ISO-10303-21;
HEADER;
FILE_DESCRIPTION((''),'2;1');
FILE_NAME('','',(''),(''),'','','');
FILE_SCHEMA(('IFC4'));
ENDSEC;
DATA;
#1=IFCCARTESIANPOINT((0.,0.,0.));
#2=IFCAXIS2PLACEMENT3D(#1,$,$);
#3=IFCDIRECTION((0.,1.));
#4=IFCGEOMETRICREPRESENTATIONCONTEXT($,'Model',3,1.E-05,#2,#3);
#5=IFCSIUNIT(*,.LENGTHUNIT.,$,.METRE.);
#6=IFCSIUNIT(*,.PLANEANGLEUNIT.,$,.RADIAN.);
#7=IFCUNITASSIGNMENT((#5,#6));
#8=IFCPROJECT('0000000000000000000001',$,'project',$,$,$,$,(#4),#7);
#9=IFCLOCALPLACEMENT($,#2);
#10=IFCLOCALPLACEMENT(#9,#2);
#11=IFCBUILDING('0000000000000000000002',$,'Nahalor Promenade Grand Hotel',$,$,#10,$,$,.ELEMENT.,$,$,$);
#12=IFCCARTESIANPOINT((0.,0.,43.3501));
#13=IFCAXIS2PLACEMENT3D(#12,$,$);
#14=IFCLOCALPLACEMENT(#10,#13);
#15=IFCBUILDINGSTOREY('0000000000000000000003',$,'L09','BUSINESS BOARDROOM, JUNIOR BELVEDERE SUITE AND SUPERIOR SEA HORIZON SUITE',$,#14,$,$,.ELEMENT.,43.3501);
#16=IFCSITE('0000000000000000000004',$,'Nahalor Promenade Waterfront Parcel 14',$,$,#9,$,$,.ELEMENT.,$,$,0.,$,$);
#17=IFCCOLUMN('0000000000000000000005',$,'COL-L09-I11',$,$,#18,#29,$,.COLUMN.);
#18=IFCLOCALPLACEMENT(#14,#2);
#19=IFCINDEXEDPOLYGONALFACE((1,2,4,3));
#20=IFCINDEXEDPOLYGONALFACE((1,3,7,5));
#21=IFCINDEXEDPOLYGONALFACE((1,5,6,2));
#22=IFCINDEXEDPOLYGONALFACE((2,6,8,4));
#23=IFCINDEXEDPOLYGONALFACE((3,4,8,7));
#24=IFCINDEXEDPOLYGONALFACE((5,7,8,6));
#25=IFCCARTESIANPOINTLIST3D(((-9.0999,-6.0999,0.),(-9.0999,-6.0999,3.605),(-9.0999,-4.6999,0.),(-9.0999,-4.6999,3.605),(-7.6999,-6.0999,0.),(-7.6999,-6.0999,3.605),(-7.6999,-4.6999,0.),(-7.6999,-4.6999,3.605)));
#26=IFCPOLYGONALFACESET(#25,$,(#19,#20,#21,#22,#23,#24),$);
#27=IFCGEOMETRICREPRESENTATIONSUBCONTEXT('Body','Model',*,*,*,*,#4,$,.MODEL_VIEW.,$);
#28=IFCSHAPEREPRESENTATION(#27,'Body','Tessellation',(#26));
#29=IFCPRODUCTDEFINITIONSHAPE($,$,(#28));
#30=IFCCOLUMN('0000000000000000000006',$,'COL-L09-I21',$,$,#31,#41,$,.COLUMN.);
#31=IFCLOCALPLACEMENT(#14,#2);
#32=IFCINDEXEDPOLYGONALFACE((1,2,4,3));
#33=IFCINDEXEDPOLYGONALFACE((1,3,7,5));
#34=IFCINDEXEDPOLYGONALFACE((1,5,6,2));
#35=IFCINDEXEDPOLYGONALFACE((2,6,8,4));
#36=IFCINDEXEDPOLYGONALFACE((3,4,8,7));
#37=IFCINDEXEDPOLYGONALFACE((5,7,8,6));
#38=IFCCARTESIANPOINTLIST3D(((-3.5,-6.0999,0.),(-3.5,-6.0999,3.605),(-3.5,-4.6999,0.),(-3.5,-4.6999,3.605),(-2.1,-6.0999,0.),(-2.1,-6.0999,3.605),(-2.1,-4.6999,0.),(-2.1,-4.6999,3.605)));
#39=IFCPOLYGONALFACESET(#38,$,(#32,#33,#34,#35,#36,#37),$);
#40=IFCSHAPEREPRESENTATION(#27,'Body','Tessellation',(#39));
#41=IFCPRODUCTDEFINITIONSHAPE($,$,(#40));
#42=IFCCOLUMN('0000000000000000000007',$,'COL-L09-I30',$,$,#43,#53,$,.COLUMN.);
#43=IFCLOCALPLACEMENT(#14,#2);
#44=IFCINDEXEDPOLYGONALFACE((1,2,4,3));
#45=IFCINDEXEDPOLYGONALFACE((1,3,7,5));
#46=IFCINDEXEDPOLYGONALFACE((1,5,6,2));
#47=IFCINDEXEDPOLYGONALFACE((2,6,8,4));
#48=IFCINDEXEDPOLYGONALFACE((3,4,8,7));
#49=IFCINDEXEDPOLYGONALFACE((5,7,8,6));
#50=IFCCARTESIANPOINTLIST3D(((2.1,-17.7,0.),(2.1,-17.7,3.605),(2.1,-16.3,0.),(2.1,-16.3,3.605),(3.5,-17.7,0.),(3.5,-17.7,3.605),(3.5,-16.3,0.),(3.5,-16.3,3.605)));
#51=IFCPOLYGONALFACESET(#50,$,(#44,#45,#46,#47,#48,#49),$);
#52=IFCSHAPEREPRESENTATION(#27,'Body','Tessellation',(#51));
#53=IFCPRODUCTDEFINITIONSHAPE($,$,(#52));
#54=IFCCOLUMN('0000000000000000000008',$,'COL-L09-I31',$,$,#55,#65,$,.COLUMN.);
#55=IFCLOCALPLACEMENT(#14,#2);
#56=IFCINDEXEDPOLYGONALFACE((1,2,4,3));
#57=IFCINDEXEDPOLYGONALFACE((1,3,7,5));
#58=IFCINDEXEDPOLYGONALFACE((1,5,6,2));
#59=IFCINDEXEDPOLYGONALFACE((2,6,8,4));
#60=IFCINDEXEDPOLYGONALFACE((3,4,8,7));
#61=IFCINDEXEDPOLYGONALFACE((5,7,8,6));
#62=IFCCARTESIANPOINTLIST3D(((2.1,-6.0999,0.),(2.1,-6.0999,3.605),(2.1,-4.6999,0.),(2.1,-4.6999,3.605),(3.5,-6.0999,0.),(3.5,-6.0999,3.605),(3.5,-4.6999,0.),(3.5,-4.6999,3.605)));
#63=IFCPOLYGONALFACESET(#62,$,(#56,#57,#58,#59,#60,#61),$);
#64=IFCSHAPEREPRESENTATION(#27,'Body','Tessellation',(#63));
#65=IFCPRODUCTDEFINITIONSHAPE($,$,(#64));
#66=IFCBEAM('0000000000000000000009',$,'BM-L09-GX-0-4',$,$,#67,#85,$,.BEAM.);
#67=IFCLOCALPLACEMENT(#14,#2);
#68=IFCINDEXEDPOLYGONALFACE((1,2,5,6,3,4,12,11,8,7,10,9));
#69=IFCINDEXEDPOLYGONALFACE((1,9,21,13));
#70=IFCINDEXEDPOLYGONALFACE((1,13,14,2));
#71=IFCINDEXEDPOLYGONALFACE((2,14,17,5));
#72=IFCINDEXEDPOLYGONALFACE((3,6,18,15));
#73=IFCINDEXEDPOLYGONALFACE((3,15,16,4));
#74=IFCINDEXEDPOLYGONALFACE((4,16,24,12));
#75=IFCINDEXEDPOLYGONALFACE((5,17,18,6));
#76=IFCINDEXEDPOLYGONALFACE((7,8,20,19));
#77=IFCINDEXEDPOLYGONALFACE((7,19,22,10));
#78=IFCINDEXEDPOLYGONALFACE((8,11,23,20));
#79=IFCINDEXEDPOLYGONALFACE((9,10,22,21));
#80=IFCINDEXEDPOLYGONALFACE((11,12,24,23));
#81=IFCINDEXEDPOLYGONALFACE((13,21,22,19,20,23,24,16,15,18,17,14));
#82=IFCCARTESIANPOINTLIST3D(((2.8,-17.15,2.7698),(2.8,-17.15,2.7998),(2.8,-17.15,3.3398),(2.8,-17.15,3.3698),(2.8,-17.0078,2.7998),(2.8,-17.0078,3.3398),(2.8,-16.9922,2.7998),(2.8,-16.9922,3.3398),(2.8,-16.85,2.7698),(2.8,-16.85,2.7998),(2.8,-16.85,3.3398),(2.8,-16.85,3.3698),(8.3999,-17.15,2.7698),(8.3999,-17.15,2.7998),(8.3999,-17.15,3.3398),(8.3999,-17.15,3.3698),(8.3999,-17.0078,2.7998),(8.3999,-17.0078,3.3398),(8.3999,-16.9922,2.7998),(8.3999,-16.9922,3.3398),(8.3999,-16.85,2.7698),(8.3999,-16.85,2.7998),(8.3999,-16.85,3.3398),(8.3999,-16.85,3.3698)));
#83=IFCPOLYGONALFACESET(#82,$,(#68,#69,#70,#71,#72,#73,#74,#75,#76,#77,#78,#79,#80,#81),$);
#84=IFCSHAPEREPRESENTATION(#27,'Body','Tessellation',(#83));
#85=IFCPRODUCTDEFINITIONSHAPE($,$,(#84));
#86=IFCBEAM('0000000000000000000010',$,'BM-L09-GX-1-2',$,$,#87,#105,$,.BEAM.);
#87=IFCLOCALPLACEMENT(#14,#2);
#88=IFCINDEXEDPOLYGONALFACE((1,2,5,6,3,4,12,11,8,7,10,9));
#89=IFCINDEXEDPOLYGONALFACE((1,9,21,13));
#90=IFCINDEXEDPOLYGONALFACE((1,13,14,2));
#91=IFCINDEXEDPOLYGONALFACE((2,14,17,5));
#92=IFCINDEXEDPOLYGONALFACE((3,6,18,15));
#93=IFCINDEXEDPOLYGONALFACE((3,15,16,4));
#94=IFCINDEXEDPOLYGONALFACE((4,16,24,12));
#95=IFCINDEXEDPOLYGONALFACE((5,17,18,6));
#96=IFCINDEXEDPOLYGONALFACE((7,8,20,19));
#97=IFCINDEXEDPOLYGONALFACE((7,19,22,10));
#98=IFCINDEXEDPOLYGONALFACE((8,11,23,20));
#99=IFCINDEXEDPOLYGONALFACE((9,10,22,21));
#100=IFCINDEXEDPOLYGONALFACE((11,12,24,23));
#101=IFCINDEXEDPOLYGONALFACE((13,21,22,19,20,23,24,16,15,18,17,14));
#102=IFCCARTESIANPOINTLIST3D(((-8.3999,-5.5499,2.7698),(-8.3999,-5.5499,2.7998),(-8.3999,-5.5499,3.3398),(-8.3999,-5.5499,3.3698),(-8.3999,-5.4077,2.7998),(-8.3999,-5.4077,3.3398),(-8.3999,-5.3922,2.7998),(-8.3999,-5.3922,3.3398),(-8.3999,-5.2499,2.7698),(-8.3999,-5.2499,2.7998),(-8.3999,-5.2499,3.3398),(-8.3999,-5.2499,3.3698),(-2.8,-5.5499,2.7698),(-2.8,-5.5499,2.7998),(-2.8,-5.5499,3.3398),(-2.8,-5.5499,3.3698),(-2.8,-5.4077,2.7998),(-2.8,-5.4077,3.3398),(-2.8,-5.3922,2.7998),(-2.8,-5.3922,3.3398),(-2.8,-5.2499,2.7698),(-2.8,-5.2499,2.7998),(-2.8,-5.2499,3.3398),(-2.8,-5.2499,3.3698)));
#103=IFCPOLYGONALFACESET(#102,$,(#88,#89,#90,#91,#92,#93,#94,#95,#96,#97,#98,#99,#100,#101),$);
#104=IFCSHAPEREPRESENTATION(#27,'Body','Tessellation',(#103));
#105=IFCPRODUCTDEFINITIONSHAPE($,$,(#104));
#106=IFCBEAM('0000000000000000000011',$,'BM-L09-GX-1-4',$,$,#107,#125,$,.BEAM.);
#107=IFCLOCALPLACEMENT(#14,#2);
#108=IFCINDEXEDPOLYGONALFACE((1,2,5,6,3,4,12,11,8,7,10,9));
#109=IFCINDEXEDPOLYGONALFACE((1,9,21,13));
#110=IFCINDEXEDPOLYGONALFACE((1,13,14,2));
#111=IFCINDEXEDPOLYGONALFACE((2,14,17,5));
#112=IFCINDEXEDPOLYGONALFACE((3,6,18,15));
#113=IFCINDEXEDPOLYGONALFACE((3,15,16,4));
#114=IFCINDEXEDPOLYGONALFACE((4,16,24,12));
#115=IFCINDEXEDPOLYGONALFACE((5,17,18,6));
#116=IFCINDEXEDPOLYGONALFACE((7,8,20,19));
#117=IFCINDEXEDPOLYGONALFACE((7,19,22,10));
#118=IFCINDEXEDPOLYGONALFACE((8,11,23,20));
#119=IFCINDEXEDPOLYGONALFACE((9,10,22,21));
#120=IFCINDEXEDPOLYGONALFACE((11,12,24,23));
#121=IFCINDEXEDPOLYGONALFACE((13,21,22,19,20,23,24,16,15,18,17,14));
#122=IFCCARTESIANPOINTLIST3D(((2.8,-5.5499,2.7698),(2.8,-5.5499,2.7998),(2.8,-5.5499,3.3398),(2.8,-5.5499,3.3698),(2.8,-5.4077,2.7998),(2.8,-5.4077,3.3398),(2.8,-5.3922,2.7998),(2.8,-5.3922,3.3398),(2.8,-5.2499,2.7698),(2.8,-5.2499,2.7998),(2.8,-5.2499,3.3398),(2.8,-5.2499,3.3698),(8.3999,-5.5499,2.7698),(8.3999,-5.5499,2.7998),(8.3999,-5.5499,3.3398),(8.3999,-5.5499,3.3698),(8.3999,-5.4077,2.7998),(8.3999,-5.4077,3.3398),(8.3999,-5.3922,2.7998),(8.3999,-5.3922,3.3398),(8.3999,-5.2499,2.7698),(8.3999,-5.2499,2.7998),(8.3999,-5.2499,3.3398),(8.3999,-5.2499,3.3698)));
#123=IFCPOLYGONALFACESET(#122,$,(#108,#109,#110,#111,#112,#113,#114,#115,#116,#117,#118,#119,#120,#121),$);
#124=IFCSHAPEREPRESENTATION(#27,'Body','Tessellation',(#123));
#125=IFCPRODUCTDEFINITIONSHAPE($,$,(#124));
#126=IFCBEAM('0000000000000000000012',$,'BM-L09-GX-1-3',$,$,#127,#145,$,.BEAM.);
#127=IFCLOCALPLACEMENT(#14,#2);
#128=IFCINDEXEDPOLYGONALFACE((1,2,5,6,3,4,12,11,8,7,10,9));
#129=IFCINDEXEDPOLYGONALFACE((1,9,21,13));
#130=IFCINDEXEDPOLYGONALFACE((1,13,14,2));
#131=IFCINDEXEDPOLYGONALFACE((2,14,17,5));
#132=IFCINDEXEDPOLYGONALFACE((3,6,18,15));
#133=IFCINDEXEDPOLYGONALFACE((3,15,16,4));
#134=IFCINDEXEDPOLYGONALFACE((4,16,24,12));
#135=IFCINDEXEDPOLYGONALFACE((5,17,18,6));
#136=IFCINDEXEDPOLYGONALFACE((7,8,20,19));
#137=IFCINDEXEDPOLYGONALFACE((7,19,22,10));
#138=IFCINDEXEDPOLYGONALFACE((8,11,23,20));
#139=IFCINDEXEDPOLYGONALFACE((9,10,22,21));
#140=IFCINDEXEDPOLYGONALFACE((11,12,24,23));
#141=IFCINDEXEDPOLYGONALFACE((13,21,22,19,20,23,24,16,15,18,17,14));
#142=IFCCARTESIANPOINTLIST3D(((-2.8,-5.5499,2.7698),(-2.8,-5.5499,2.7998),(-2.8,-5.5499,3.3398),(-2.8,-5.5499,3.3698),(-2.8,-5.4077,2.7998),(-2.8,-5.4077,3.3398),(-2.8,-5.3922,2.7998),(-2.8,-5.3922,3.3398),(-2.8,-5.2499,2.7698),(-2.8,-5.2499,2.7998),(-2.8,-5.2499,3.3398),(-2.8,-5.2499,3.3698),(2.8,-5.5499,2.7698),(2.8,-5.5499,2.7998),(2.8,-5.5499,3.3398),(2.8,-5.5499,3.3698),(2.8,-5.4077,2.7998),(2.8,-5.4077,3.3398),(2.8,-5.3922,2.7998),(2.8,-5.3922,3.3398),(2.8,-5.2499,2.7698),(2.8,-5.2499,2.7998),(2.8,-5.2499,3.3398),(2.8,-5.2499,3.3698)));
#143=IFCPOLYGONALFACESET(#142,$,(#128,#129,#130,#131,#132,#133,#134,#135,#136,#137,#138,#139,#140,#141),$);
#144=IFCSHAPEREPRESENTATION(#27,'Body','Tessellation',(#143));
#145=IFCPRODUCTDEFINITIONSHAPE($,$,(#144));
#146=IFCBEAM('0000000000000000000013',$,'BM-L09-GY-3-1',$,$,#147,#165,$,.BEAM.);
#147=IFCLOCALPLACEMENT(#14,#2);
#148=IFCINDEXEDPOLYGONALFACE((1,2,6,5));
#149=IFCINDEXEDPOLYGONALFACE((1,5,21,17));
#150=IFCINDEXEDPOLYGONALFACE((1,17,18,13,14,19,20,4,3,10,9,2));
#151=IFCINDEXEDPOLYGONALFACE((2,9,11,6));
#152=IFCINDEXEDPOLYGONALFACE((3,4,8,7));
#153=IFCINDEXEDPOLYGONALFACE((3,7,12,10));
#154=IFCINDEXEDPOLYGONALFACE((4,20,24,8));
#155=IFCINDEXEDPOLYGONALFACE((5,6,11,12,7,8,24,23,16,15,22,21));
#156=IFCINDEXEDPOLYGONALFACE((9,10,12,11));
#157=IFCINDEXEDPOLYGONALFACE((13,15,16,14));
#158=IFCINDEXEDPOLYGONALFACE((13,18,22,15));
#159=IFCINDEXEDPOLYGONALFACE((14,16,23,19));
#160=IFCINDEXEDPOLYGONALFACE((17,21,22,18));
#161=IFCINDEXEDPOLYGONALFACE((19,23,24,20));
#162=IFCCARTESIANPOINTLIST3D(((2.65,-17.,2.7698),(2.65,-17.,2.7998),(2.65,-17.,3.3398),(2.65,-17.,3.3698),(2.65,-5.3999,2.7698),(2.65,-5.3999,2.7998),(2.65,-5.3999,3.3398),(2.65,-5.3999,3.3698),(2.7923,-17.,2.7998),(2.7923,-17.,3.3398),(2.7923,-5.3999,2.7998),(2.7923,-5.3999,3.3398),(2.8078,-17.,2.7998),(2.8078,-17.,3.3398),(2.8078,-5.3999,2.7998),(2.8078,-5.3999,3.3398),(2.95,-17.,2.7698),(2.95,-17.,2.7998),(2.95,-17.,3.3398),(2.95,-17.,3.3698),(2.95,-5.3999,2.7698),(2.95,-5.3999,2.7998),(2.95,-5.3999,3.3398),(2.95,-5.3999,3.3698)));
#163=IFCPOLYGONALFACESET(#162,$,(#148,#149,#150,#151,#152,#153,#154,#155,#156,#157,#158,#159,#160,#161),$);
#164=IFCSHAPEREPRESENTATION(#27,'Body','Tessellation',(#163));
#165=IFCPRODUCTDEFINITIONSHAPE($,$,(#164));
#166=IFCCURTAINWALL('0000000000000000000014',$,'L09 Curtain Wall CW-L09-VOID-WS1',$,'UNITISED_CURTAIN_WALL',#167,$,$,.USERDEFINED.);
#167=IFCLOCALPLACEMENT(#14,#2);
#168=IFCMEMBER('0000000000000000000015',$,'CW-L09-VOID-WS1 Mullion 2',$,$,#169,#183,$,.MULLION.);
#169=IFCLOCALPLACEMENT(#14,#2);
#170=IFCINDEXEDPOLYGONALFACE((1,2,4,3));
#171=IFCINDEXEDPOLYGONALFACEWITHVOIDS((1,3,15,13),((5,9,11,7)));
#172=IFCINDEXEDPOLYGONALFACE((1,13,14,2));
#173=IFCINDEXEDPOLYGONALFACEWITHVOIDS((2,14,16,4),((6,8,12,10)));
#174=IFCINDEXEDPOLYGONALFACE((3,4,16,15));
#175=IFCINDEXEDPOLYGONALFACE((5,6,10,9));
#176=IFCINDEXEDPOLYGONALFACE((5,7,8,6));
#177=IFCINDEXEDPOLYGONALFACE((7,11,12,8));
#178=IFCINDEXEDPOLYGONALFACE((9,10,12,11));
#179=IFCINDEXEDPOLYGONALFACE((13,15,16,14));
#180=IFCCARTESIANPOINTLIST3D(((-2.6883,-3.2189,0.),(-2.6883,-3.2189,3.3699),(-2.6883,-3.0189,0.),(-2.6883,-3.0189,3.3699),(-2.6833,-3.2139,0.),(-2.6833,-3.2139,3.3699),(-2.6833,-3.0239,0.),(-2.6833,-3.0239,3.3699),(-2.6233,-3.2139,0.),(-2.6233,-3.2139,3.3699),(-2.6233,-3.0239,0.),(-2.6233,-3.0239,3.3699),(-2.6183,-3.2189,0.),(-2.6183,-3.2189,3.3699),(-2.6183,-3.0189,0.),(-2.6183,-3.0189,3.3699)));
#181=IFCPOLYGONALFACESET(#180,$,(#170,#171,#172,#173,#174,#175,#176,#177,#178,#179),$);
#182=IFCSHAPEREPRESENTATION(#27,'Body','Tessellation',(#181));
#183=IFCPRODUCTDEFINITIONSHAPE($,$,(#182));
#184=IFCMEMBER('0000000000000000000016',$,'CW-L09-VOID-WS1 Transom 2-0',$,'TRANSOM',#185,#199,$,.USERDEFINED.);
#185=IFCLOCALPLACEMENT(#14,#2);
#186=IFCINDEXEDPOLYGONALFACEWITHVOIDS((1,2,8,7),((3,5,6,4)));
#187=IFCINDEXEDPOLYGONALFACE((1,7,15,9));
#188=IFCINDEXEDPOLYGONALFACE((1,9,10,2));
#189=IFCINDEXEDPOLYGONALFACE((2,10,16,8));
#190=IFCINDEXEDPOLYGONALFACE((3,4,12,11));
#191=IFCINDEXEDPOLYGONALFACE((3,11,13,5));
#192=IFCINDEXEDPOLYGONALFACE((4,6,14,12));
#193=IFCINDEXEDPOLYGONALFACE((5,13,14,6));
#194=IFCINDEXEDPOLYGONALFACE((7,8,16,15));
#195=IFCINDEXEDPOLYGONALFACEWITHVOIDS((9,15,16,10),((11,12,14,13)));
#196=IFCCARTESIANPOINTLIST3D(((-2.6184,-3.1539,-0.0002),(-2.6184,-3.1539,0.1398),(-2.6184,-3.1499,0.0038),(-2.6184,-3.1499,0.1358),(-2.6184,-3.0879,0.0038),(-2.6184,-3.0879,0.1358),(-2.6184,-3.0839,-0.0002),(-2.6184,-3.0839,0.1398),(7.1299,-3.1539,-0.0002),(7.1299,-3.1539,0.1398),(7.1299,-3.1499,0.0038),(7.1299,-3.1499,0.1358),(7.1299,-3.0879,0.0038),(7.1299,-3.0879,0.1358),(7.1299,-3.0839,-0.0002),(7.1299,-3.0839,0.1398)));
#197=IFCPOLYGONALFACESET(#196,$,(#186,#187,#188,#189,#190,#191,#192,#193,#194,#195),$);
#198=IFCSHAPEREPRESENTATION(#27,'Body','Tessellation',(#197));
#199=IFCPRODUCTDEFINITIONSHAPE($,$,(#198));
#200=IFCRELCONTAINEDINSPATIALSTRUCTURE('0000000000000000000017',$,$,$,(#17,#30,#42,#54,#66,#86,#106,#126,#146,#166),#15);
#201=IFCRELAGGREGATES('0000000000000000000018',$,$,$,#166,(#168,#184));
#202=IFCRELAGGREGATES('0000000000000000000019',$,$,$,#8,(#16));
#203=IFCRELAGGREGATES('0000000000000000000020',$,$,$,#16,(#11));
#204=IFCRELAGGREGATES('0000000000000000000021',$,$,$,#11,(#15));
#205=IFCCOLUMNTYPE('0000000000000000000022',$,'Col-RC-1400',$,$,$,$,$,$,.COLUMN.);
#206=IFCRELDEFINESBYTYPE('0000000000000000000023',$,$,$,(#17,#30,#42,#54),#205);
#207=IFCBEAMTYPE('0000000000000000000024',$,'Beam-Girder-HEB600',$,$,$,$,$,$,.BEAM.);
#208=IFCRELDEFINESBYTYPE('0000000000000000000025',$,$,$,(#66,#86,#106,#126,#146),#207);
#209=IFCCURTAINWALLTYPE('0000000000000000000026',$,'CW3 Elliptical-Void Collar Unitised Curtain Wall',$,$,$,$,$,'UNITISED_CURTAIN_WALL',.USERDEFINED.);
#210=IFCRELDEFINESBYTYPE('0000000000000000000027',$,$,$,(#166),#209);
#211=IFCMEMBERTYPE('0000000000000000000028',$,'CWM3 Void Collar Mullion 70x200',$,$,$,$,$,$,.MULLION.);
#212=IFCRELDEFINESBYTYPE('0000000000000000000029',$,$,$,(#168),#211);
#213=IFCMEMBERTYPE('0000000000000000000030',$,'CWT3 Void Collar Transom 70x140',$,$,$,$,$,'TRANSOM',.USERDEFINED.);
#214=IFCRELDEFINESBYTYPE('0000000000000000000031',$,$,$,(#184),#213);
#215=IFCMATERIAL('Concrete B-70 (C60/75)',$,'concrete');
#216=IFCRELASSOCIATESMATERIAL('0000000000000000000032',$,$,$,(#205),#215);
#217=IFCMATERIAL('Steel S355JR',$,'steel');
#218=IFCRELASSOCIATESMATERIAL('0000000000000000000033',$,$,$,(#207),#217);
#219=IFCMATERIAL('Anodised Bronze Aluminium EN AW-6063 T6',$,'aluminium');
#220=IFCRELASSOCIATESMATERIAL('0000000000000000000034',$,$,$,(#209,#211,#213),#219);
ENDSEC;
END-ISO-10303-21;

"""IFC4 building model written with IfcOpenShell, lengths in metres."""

from ifc_helpers import new_model, si_unit, direction, frame, origin, origin_2d, place, context, subcontext, project, spatial, rectangle, hollow_rectangle, i_section, extrude, source, transform, mapped, material, material_profile, profile_set, type_object, element, aggregate, save


model = new_model("IFC4")

# Units and contexts
model_context = context("Model", 3, precision=1e-05, world=origin(), true_north=direction((0.0, 1.0)))
body_context = subcontext(model_context, "Body", "Model", "MODEL_VIEW")
ifc_project = project(units=[si_unit("LENGTHUNIT", "METRE"), si_unit("PLANEANGLEUNIT", "RADIAN")], contexts=[model_context])

# Site, building, storey
site_placement = place(None, origin())
site = spatial("IfcSite", under=ifc_project, at=site_placement, Name="Nahalor Promenade Waterfront Parcel 14", CompositionType="ELEMENT", RefElevation=0.0)
building_placement = place(site_placement, origin())
building = spatial("IfcBuilding", under=site, at=building_placement, Name="Nahalor Promenade Grand Hotel", CompositionType="ELEMENT")
storey_placement = place(building_placement, frame((0.0, 0.0, 43.3501)))
storey = spatial("IfcBuildingStorey", under=building, at=storey_placement, Name="L09", Description="BUSINESS BOARDROOM, JUNIOR BELVEDERE SUITE AND SUPERIOR SEA HORIZON SUITE", CompositionType="ELEMENT", Elevation=43.3501)

# Columns
ifc_material_1 = material(Name="Concrete B-70 (C60/75)", Category="concrete")
ifc_material_profile_1 = material_profile(ifc_material_1, rectangle(XDim=1.4, YDim=1.4, at=origin_2d()), Name="RC 1400x1400")
ifc_profile_set_1 = profile_set([ifc_material_profile_1], Name="Concrete B-70 (C60/75)")
column_type = type_object("IfcColumnType", Name="Col-RC-1400", PredefinedType="COLUMN", material=ifc_profile_set_1)
shared_shape_1 = source(origin(), body_context, "Body", "SweptSolid", [
    extrude(rectangle(XDim=1.4, YDim=1.4, at=origin_2d()), origin(), (0.0, 0.0, 1.0), 3.605),
])
for number, where, z_axis, x_axis, name in (
    (1, (-8.3999, -5.3999, 0.0), (0.0, 0.0, 1.0), (1.0, 0.0, 0.0), "COL-L09-I11"),
    (2, (-2.8, -5.3999, 0.0), (0.0, 0.0, 1.0), (1.0, 0.0, 0.0), "COL-L09-I21"),
    (3, (2.8, -17.0, 0.0), (0.0, 0.0, 1.0), (1.0, 0.0, 0.0), "COL-L09-I30"),
    (4, (2.8, -5.3999, 0.0), (0.0, 0.0, 1.0), (1.0, 0.0, 0.0), "COL-L09-I31"),
):
    element("IfcColumn", number, at=place(storey_placement, frame(where, z_axis=z_axis, x_axis=x_axis)), inside=storey, type_object=column_type, Name=name, PredefinedType="COLUMN", context=body_context, shape_type="MappedRepresentation", body=[
        mapped(shared_shape_1, transform((0.0, 0.0, 0.0), scale=1.0)),
    ])

# Beams
ifc_material_2 = material(Name="Steel S355JR", Category="steel")
ifc_material_profile_2 = material_profile(ifc_material_2, i_section(OverallWidth=0.3, OverallDepth=0.6, WebThickness=0.0155, FlangeThickness=0.03, at=origin_2d()), Name="HEB 600")
ifc_profile_set_2 = profile_set([ifc_material_profile_2], Name="Steel S355JR")
beam_type = type_object("IfcBeamType", Name="Beam-Girder-HEB600", PredefinedType="BEAM", material=ifc_profile_set_2)
shared_shape_2 = source(origin(), body_context, "Body", "SweptSolid", [
    extrude(i_section(OverallWidth=0.3, OverallDepth=0.6, WebThickness=0.0155, FlangeThickness=0.03, at=origin_2d()), origin(), (0.0, 0.0, 1.0), 5.5999),
])
for number, where, z_axis, x_axis, name in (
    (5, (2.8, -17.0, 3.0698), (1.0, 0.0, 0.0), (0.0, 1.0, 0.0), "BM-L09-GX-0-4"),
    (6, (-8.3999, -5.3999, 3.0698), (1.0, 0.0, 0.0), (0.0, 1.0, 0.0), "BM-L09-GX-1-2"),
    (7, (2.8, -5.3999, 3.0698), (1.0, 0.0, 0.0), (0.0, 1.0, 0.0), "BM-L09-GX-1-4"),
):
    element("IfcBeam", number, at=place(storey_placement, frame(where, z_axis=z_axis, x_axis=x_axis)), inside=storey, type_object=beam_type, Name=name, PredefinedType="BEAM", context=body_context, shape_type="MappedRepresentation", body=[
        mapped(shared_shape_2, transform((0.0, 0.0, 0.0), scale=1.0)),
    ])
shared_shape_3 = source(origin(), body_context, "Body", "SweptSolid", [
    extrude(i_section(OverallWidth=0.3, OverallDepth=0.6, WebThickness=0.0155, FlangeThickness=0.03, at=origin_2d()), origin(), (0.0, 0.0, 1.0), 5.6001),
])
beam_1_placement = place(storey_placement, frame((-2.8, -5.3999, 3.0698), z_axis=(1.0, 0.0, 0.0), x_axis=(0.0, 1.0, 0.0)))
element("IfcBeam", 8, at=beam_1_placement, inside=storey, type_object=beam_type, Name="BM-L09-GX-1-3", PredefinedType="BEAM", context=body_context, shape_type="MappedRepresentation", body=[
    mapped(shared_shape_3, transform((0.0, 0.0, 0.0), scale=1.0)),
])
shared_shape_4 = source(origin(), body_context, "Body", "SweptSolid", [
    extrude(i_section(OverallWidth=0.3, OverallDepth=0.6, WebThickness=0.0155, FlangeThickness=0.03, at=origin_2d()), origin(), (0.0, 0.0, 1.0), 11.6001),
])
beam_2_placement = place(storey_placement, frame((2.8, -17.0, 3.0698), z_axis=(0.0, 1.0, 0.0), x_axis=(-1.0, 0.0, 0.0)))
element("IfcBeam", 9, at=beam_2_placement, inside=storey, type_object=beam_type, Name="BM-L09-GY-3-1", PredefinedType="BEAM", context=body_context, shape_type="MappedRepresentation", body=[
    mapped(shared_shape_4, transform((0.0, 0.0, 0.0), scale=1.0)),
])

# Curtain wall, members
ifc_material_3 = material(Name="Anodised Bronze Aluminium EN AW-6063 T6", Category="aluminium")
curtain_wall_type = type_object("IfcCurtainWallType", Name="CW3 Elliptical-Void Collar Unitised Curtain Wall", ElementType="UNITISED_CURTAIN_WALL", PredefinedType="USERDEFINED", material=ifc_material_3)
curtain_wall_placement = place(storey_placement, origin())
curtain_wall = element("IfcCurtainWall", 10, at=curtain_wall_placement, inside=storey, type_object=curtain_wall_type, Name="L09 Curtain Wall CW-L09-VOID-WS1", ObjectType="UNITISED_CURTAIN_WALL", PredefinedType="USERDEFINED")
ifc_material_profile_3 = material_profile(ifc_material_3, hollow_rectangle(XDim=0.07, YDim=0.2, WallThickness=0.005, at=origin_2d()), Name="CWM 70x200x5")
ifc_profile_set_3 = profile_set([ifc_material_profile_3], Name="Anodised Bronze Aluminium EN AW-6063 T6")
member_type_1 = type_object("IfcMemberType", Name="CWM3 Void Collar Mullion 70x200", PredefinedType="MULLION", material=ifc_profile_set_3)
shared_shape_5 = source(origin(), body_context, "Body", "SweptSolid", [
    extrude(hollow_rectangle(XDim=0.07, YDim=0.2, WallThickness=0.005, at=origin_2d()), origin(), (0.0, 0.0, 1.0), 3.3699),
])
member_1_placement = place(storey_placement, frame((-2.6533, -3.1189, 0.0), z_axis=(0.0, 0.0, 1.0), x_axis=(1.0, 0.0, 0.0)))
member_1 = element("IfcMember", 11, at=member_1_placement, type_object=member_type_1, Name="CW-L09-VOID-WS1 Mullion 2", PredefinedType="MULLION", context=body_context, shape_type="MappedRepresentation", body=[
    mapped(shared_shape_5, transform((0.0, 0.0, 0.0), scale=1.0)),
])
ifc_material_profile_4 = material_profile(ifc_material_3, hollow_rectangle(XDim=0.07, YDim=0.14, WallThickness=0.004, at=origin_2d()), Name="CWT 70x140x4")
ifc_profile_set_4 = profile_set([ifc_material_profile_4], Name="Anodised Bronze Aluminium EN AW-6063 T6")
member_type_2 = type_object("IfcMemberType", Name="CWT3 Void Collar Transom 70x140", ElementType="TRANSOM", PredefinedType="USERDEFINED", material=ifc_profile_set_4)
shared_shape_6 = source(origin(), body_context, "Body", "SweptSolid", [
    extrude(hollow_rectangle(XDim=0.07, YDim=0.14, WallThickness=0.004, at=origin_2d()), origin(), (0.0, 0.0, 1.0), 9.7483),
])
member_2_placement = place(storey_placement, frame((-2.6184, -3.1189, 0.0698), z_axis=(1.0, 0.0, 0.0), x_axis=(0.0, 1.0, 0.0)))
member_2 = element("IfcMember", 12, at=member_2_placement, type_object=member_type_2, Name="CW-L09-VOID-WS1 Transom 2-0", ObjectType="TRANSOM", PredefinedType="USERDEFINED", context=body_context, shape_type="MappedRepresentation", body=[
    mapped(shared_shape_6, transform((0.0, 0.0, 0.0), scale=1.0)),
])
aggregate(curtain_wall, [member_1, member_2])

save(model, "model.ifc")
